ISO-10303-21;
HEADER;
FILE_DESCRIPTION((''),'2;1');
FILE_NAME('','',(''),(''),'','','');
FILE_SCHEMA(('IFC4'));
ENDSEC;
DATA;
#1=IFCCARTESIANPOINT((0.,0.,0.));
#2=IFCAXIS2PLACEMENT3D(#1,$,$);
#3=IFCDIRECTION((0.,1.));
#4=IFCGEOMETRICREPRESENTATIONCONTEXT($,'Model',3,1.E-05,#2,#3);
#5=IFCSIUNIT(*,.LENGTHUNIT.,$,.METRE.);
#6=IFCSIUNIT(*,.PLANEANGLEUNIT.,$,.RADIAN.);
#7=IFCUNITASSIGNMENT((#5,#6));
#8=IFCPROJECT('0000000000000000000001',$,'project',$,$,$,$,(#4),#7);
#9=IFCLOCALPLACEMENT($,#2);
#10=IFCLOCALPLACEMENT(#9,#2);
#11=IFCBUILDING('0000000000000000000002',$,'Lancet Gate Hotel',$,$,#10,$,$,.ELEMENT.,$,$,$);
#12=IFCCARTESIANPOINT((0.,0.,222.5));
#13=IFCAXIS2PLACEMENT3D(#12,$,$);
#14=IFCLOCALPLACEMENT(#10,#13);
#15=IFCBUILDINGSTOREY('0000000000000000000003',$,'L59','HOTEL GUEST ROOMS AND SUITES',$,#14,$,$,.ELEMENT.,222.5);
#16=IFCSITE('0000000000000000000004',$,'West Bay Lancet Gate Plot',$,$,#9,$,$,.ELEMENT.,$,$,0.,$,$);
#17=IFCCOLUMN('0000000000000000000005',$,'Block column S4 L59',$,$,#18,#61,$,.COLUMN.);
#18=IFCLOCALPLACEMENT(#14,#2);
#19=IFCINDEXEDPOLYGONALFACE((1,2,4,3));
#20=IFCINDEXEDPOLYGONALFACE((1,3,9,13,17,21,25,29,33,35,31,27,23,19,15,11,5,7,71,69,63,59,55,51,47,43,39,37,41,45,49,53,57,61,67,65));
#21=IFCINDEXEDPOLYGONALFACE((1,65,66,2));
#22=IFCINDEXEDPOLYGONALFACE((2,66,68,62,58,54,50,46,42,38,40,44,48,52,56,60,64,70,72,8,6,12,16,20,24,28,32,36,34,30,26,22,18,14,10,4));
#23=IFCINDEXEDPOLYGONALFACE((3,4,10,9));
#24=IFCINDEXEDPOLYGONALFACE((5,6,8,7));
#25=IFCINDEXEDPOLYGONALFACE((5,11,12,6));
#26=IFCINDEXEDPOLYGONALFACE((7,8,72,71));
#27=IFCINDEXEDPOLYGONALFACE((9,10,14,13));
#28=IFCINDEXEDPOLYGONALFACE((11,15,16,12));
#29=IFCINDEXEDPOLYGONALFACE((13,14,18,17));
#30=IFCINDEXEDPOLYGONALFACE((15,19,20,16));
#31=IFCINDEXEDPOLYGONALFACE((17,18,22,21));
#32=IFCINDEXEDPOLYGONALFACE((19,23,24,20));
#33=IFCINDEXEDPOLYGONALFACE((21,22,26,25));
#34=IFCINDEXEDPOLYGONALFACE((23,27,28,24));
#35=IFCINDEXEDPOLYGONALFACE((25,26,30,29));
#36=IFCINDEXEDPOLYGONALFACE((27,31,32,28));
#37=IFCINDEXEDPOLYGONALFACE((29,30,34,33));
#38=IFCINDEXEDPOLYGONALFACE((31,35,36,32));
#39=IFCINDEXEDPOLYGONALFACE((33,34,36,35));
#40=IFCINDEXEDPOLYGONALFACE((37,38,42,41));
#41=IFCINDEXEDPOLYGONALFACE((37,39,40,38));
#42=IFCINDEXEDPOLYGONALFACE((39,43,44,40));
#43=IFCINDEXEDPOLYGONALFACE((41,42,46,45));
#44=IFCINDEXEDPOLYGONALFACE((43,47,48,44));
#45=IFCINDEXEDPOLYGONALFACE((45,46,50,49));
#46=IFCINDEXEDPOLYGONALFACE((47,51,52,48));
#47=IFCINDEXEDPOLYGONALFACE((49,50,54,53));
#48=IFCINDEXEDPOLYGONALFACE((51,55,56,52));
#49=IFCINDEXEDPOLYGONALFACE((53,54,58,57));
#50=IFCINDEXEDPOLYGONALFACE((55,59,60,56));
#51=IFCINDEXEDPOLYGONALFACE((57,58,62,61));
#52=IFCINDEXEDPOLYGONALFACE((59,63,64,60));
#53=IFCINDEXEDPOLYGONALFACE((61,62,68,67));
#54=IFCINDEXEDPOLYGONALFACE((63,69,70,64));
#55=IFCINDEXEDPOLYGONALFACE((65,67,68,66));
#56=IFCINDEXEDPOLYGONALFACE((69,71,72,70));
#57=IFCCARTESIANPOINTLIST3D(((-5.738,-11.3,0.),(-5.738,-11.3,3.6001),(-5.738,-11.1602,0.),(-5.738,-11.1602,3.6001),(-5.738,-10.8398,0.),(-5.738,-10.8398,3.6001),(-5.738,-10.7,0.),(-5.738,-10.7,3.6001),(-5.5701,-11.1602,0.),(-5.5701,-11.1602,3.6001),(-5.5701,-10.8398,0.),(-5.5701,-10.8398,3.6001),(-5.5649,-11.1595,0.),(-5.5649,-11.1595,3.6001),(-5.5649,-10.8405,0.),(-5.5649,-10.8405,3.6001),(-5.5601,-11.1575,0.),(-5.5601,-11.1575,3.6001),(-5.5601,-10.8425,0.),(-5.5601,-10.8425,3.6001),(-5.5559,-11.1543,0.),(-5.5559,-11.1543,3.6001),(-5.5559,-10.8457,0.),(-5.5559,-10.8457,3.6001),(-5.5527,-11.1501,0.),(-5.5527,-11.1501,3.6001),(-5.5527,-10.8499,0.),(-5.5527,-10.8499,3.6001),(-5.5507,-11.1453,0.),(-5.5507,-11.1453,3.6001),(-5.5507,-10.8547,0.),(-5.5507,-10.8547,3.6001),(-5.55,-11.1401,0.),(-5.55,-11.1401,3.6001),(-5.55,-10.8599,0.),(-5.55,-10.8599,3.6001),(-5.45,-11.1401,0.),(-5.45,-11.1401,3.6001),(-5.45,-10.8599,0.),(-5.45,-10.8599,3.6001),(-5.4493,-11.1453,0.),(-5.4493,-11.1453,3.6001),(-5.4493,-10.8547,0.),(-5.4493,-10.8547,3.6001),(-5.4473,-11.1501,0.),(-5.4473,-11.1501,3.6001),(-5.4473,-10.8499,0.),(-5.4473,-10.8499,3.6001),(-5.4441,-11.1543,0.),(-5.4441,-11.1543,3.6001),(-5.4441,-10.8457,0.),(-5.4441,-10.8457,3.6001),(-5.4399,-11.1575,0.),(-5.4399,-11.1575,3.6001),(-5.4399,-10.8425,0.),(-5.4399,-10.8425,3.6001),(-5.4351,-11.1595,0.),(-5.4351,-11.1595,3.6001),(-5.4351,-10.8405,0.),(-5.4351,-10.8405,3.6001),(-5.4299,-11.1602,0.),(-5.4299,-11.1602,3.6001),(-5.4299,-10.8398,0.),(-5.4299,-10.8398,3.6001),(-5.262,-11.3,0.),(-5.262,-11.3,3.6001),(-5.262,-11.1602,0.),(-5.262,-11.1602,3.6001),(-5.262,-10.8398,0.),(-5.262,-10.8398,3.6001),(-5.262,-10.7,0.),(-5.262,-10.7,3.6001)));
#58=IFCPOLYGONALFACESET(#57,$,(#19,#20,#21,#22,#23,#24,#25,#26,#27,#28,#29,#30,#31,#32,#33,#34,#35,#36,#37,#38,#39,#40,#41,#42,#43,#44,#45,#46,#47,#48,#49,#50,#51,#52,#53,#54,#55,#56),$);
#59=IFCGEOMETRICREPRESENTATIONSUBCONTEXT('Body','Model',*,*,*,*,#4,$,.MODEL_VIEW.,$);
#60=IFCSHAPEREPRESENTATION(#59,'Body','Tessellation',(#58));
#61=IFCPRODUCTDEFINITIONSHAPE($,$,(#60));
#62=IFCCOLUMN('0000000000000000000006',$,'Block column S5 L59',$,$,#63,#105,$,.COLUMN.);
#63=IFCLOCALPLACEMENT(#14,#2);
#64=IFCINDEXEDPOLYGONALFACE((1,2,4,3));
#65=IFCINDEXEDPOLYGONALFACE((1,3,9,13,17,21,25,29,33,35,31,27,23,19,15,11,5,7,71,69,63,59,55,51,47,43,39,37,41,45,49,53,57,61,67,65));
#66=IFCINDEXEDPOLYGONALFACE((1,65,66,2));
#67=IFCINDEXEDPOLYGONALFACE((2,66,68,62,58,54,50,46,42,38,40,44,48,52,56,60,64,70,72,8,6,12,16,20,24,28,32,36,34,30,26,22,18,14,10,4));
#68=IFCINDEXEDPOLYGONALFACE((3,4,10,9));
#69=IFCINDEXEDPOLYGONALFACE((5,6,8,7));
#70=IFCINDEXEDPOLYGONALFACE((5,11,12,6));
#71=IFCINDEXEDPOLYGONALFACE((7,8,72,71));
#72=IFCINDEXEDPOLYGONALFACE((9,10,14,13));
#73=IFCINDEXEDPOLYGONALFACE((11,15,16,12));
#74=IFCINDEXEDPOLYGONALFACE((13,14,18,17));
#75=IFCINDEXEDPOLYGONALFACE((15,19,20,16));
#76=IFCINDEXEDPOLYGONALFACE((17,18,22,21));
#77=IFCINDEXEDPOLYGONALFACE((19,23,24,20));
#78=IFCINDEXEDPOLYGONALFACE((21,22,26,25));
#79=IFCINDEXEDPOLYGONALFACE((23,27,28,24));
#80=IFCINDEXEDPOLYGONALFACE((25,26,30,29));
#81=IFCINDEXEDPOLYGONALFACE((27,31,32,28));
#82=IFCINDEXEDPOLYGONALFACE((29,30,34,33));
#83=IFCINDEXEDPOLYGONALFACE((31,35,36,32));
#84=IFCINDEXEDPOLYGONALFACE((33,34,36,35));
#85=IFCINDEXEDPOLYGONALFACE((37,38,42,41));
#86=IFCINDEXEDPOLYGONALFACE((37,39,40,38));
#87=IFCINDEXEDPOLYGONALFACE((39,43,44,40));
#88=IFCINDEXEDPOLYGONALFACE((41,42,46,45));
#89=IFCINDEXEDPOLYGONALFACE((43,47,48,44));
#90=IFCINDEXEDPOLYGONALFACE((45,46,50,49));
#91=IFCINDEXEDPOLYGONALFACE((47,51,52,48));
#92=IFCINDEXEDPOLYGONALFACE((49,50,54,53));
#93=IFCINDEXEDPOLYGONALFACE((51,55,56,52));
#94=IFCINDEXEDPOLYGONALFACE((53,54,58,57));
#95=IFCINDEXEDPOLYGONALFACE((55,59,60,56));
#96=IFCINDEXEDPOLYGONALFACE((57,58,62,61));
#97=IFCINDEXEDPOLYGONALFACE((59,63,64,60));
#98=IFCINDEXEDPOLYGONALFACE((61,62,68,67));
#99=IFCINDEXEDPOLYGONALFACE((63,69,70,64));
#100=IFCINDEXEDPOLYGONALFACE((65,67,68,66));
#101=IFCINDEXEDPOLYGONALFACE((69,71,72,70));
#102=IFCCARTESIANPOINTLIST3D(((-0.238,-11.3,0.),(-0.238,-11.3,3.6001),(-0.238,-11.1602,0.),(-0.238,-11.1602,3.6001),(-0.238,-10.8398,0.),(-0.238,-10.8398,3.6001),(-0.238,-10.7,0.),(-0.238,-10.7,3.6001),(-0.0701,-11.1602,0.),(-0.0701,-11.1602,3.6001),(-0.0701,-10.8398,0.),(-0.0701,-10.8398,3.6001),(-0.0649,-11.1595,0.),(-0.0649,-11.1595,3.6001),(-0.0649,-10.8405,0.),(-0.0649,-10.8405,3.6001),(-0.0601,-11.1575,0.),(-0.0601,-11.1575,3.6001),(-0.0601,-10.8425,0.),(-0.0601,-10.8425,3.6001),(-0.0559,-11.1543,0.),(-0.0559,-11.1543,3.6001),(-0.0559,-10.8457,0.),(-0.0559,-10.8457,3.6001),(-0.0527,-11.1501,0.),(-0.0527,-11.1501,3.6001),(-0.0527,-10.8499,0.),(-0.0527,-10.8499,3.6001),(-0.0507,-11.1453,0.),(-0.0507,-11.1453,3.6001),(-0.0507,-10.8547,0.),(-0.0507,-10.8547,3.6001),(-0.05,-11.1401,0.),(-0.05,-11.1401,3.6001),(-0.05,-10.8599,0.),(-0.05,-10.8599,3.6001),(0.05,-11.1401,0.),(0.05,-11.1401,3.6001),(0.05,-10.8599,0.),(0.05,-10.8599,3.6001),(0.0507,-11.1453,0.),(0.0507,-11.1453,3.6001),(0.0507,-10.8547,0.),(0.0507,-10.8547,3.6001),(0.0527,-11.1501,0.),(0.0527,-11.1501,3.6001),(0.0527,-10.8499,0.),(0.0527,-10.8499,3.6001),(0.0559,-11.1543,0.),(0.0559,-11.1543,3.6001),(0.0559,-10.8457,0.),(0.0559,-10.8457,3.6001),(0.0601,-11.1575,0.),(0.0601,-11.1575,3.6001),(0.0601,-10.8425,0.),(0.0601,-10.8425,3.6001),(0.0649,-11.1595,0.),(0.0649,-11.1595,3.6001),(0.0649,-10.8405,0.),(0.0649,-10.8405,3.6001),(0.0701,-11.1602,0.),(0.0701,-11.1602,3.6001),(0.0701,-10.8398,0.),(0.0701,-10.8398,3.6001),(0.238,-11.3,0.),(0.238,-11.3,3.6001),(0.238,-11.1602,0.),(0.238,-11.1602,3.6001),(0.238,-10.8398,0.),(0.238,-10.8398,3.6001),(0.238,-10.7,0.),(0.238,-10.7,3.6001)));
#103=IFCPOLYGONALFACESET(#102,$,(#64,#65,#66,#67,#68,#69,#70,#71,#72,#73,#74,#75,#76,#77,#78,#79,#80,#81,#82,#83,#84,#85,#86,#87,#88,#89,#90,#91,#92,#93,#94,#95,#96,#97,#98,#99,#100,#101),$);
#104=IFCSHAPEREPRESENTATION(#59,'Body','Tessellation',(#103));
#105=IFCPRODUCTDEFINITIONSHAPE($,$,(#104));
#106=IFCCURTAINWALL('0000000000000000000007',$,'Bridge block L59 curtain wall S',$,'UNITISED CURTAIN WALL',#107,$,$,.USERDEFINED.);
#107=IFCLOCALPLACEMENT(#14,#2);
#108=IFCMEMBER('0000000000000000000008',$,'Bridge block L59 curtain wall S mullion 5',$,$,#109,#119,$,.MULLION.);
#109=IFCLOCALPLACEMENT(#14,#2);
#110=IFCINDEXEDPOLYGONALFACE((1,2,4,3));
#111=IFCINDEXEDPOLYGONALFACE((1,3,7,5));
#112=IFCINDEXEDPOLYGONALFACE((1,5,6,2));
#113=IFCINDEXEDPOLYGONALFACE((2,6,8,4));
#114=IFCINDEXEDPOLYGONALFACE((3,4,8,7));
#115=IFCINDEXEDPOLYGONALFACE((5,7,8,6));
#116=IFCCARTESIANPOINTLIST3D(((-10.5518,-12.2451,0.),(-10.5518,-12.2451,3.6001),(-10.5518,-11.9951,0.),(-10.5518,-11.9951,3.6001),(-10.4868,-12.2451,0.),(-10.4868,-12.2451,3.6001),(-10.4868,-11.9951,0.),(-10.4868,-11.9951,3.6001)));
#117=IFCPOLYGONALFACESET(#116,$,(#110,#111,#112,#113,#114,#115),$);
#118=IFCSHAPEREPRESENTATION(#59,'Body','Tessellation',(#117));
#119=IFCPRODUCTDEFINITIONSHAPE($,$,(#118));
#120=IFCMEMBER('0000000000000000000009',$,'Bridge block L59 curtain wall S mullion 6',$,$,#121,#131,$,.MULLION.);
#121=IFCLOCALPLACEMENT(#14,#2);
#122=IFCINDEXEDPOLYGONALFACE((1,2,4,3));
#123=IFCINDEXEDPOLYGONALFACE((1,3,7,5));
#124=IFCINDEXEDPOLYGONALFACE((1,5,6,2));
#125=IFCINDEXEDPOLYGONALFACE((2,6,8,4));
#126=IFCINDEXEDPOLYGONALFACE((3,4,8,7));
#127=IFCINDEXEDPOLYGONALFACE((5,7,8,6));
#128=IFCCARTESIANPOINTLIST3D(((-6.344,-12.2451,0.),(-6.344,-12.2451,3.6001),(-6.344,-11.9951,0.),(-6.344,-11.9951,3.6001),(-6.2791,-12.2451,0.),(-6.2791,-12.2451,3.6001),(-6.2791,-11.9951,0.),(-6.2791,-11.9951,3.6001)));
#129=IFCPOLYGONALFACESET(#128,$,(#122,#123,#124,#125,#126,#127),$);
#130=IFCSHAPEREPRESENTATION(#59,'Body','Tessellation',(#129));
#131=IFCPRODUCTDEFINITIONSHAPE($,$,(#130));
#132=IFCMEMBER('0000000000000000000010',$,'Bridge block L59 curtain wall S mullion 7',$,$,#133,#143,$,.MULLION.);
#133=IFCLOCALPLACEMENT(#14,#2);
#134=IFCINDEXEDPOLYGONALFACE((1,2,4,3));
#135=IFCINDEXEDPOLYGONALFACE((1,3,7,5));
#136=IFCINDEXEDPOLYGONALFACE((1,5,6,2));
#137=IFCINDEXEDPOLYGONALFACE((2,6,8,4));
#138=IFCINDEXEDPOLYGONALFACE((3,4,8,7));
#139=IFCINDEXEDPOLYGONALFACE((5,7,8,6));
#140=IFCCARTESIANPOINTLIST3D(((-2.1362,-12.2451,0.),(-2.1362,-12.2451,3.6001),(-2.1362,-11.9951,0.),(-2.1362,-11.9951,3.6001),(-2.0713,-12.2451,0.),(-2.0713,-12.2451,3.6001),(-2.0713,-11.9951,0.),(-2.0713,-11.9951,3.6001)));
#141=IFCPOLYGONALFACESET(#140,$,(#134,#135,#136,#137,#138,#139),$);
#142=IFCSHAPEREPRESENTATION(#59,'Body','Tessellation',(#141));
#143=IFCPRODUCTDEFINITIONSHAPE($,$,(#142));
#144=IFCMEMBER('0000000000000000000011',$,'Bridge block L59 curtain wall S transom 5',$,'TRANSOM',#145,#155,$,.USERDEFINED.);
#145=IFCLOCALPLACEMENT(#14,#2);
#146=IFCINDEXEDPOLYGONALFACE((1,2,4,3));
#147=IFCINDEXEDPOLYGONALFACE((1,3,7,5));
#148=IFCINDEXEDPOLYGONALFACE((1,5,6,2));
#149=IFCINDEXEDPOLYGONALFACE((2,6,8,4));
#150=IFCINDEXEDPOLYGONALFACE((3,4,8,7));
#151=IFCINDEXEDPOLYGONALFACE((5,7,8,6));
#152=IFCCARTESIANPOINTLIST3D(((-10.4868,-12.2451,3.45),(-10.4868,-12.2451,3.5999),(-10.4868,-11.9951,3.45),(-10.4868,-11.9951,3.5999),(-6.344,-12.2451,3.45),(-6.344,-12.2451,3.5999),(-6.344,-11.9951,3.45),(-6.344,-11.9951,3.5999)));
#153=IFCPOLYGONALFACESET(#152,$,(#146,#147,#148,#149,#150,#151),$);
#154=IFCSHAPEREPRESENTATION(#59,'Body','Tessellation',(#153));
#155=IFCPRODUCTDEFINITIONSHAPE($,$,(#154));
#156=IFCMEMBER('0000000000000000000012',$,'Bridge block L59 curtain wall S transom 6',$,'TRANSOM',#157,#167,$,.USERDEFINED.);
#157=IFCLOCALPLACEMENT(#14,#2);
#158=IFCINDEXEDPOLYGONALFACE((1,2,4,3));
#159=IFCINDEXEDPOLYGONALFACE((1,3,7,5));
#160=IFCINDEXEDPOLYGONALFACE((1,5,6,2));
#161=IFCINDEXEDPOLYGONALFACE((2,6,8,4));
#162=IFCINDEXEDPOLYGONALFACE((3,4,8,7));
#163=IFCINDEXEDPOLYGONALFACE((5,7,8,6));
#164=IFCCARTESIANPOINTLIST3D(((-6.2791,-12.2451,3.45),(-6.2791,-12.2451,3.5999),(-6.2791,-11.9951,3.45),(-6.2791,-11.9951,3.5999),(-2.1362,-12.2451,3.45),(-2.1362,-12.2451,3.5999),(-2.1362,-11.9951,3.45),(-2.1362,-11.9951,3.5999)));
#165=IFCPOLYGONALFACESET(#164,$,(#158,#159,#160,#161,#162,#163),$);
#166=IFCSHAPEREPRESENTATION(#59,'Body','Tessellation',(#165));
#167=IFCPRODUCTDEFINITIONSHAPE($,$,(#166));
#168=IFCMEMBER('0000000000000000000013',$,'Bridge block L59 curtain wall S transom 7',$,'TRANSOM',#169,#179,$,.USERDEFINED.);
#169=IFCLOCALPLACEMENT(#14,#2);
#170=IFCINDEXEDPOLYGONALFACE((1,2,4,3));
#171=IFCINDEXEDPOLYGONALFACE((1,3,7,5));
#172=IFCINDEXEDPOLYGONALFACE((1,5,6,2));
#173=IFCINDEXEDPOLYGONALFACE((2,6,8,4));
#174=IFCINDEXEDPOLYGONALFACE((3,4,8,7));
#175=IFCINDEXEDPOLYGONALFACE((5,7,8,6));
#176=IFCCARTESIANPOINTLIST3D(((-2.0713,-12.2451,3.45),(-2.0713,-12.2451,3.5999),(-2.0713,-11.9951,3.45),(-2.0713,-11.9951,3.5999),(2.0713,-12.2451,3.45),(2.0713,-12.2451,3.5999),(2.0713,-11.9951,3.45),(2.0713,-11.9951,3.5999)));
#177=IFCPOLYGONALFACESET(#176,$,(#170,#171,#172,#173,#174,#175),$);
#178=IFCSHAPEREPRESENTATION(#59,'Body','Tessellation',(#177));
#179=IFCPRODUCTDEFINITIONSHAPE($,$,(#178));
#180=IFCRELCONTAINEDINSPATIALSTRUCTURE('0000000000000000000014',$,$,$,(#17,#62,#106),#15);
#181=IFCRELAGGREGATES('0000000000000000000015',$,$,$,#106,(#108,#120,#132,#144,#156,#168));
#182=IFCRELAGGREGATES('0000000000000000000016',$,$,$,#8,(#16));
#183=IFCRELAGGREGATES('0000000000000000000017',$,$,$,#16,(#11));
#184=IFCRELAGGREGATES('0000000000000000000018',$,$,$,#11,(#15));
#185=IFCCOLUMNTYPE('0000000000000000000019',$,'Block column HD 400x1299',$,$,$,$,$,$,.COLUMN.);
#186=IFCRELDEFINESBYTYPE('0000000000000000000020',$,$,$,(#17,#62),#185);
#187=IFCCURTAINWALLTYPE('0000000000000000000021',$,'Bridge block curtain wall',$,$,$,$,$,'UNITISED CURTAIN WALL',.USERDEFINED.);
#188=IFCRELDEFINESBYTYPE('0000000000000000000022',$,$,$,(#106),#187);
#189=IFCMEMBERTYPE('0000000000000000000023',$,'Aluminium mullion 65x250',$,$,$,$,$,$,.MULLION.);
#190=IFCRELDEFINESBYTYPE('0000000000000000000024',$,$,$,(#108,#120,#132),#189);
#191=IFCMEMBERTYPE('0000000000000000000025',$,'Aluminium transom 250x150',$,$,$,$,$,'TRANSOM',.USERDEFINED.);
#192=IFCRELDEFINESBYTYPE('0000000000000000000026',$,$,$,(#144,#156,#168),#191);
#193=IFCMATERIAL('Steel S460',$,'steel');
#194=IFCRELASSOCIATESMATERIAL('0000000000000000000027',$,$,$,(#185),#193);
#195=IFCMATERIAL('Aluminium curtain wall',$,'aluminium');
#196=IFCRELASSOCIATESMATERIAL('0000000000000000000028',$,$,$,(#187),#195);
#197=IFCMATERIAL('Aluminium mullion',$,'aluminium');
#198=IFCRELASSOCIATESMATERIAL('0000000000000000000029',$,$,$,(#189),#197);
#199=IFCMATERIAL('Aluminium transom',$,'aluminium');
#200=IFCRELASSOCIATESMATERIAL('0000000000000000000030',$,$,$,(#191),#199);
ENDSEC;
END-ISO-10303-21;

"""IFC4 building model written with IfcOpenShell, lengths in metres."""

from ifc_helpers import new_model, si_unit, direction, frame, origin, origin_2d, place, context, subcontext, project, spatial, rectangle, i_section, extrude, material, material_profile, profile_set, type_object, element, aggregate, save


model = new_model("IFC4")

# Units and contexts
model_context = context("Model", 3, precision=1e-05, world=origin(), true_north=direction((0.0, 1.0)))
body_context = subcontext(model_context, "Body", "Model", "MODEL_VIEW")
ifc_project = project(units=[si_unit("LENGTHUNIT", "METRE"), si_unit("PLANEANGLEUNIT", "RADIAN")], contexts=[model_context])

# Site, building, storey
site_placement = place(None, origin())
site = spatial("IfcSite", under=ifc_project, at=site_placement, Name="West Bay Lancet Gate Plot", CompositionType="ELEMENT", RefElevation=0.0)
building_placement = place(site_placement, origin())
building = spatial("IfcBuilding", under=site, at=building_placement, Name="Lancet Gate Hotel", CompositionType="ELEMENT")
storey_placement = place(building_placement, frame((0.0, 0.0, 222.5)))
storey = spatial("IfcBuildingStorey", under=building, at=storey_placement, Name="L59", Description="HOTEL GUEST ROOMS AND SUITES", CompositionType="ELEMENT", Elevation=222.5)

# Columns
ifc_material_1 = material(Name="Steel S460", Category="steel")
ifc_material_profile_1 = material_profile(ifc_material_1, i_section(OverallWidth=0.4761, OverallDepth=0.6001, WebThickness=0.1001, FlangeThickness=0.1399, FilletRadius=0.02, at=origin_2d()), Name="HD 400x1299")
ifc_profile_set_1 = profile_set([ifc_material_profile_1], Name="Steel S460")
column_type = type_object("IfcColumnType", Name="Block column HD 400x1299", PredefinedType="COLUMN", material=ifc_profile_set_1)
for number, where, z_axis, x_axis, name in (
    (1, (-5.5, -11.0, 0.0), (0.0, 0.0, 1.0), (1.0, 0.0, 0.0), "Block column S4 L59"),
    (2, (0.0, -11.0, 0.0), (0.0, 0.0, 1.0), (1.0, 0.0, 0.0), "Block column S5 L59"),
):
    element("IfcColumn", number, at=place(storey_placement, frame(where, z_axis=z_axis, x_axis=x_axis)), inside=storey, type_object=column_type, Name=name, PredefinedType="COLUMN", context=body_context, shape_type="SweptSolid", body=[
        extrude(i_section(OverallWidth=0.4761, OverallDepth=0.6001, WebThickness=0.1001, FlangeThickness=0.1399, FilletRadius=0.02, at=origin_2d()), origin(), (0.0, 0.0, 1.0), 3.6001),
    ])

# Curtain wall, members
ifc_material_2 = material(Name="Aluminium curtain wall", Category="aluminium")
curtain_wall_type = type_object("IfcCurtainWallType", Name="Bridge block curtain wall", ElementType="UNITISED CURTAIN WALL", PredefinedType="USERDEFINED", material=ifc_material_2)
curtain_wall_placement = place(storey_placement, origin())
curtain_wall = element("IfcCurtainWall", 3, at=curtain_wall_placement, inside=storey, type_object=curtain_wall_type, Name="Bridge block L59 curtain wall S", ObjectType="UNITISED CURTAIN WALL", PredefinedType="USERDEFINED")
ifc_material_3 = material(Name="Aluminium mullion", Category="aluminium")
ifc_material_profile_2 = material_profile(ifc_material_3, rectangle(XDim=0.0649, YDim=0.25, at=origin_2d()), Name="MULLION 65x250")
ifc_profile_set_2 = profile_set([ifc_material_profile_2], Name="Aluminium mullion")
member_type_1 = type_object("IfcMemberType", Name="Aluminium mullion 65x250", PredefinedType="MULLION", material=ifc_profile_set_2)
member_1_placement = place(storey_placement, frame((-10.5193, -12.1201, 0.0), z_axis=(0.0, 0.0, 1.0), x_axis=(1.0, 0.0, 0.0)))
member_1 = element("IfcMember", 4, at=member_1_placement, type_object=member_type_1, Name="Bridge block L59 curtain wall S mullion 5", PredefinedType="MULLION", context=body_context, shape_type="SweptSolid", body=[
    extrude(rectangle(XDim=0.0649, YDim=0.25, at=origin_2d()), origin(), (0.0, 0.0, 1.0), 3.6001),
])
member_2_placement = place(storey_placement, frame((-6.3115, -12.1201, 0.0), z_axis=(0.0, 0.0, 1.0), x_axis=(1.0, 0.0, 0.0)))
member_2 = element("IfcMember", 5, at=member_2_placement, type_object=member_type_1, Name="Bridge block L59 curtain wall S mullion 6", PredefinedType="MULLION", context=body_context, shape_type="SweptSolid", body=[
    extrude(rectangle(XDim=0.0649, YDim=0.25, at=origin_2d()), origin(), (0.0, 0.0, 1.0), 3.6001),
])
member_3_placement = place(storey_placement, frame((-2.1038, -12.1201, 0.0), z_axis=(0.0, 0.0, 1.0), x_axis=(1.0, 0.0, 0.0)))
member_3 = element("IfcMember", 6, at=member_3_placement, type_object=member_type_1, Name="Bridge block L59 curtain wall S mullion 7", PredefinedType="MULLION", context=body_context, shape_type="SweptSolid", body=[
    extrude(rectangle(XDim=0.0649, YDim=0.25, at=origin_2d()), origin(), (0.0, 0.0, 1.0), 3.6001),
])
ifc_material_4 = material(Name="Aluminium transom", Category="aluminium")
ifc_material_profile_3 = material_profile(ifc_material_4, rectangle(XDim=0.25, YDim=0.1499, at=origin_2d()), Name="TRANSOM 250x150")
ifc_profile_set_3 = profile_set([ifc_material_profile_3], Name="Aluminium transom")
member_type_2 = type_object("IfcMemberType", Name="Aluminium transom 250x150", ElementType="TRANSOM", PredefinedType="USERDEFINED", material=ifc_profile_set_3)
member_4_placement = place(storey_placement, frame((-10.4868, -12.1201, 3.5249), z_axis=(1.0, 0.0, 0.0), x_axis=(0.0, 1.0, 0.0)))
member_4 = element("IfcMember", 7, at=member_4_placement, type_object=member_type_2, Name="Bridge block L59 curtain wall S transom 5", ObjectType="TRANSOM", PredefinedType="USERDEFINED", context=body_context, shape_type="SweptSolid", body=[
    extrude(rectangle(XDim=0.25, YDim=0.1499, at=origin_2d()), origin(), (0.0, 0.0, 1.0), 4.1428),
])
member_5_placement = place(storey_placement, frame((-6.2791, -12.1201, 3.5249), z_axis=(1.0, 0.0, 0.0), x_axis=(0.0, 1.0, 0.0)))
member_5 = element("IfcMember", 8, at=member_5_placement, type_object=member_type_2, Name="Bridge block L59 curtain wall S transom 6", ObjectType="TRANSOM", PredefinedType="USERDEFINED", context=body_context, shape_type="SweptSolid", body=[
    extrude(rectangle(XDim=0.25, YDim=0.1499, at=origin_2d()), origin(), (0.0, 0.0, 1.0), 4.1428),
])
member_6_placement = place(storey_placement, frame((-2.0713, -12.1201, 3.5249), z_axis=(1.0, 0.0, 0.0), x_axis=(0.0, 1.0, 0.0)))
member_6 = element("IfcMember", 9, at=member_6_placement, type_object=member_type_2, Name="Bridge block L59 curtain wall S transom 7", ObjectType="TRANSOM", PredefinedType="USERDEFINED", context=body_context, shape_type="SweptSolid", body=[
    extrude(rectangle(XDim=0.25, YDim=0.1499, at=origin_2d()), origin(), (0.0, 0.0, 1.0), 4.1426),
])

aggregate(curtain_wall, [member_1, member_2, member_3, member_4, member_5, member_6])

save(model, "model.ifc")
